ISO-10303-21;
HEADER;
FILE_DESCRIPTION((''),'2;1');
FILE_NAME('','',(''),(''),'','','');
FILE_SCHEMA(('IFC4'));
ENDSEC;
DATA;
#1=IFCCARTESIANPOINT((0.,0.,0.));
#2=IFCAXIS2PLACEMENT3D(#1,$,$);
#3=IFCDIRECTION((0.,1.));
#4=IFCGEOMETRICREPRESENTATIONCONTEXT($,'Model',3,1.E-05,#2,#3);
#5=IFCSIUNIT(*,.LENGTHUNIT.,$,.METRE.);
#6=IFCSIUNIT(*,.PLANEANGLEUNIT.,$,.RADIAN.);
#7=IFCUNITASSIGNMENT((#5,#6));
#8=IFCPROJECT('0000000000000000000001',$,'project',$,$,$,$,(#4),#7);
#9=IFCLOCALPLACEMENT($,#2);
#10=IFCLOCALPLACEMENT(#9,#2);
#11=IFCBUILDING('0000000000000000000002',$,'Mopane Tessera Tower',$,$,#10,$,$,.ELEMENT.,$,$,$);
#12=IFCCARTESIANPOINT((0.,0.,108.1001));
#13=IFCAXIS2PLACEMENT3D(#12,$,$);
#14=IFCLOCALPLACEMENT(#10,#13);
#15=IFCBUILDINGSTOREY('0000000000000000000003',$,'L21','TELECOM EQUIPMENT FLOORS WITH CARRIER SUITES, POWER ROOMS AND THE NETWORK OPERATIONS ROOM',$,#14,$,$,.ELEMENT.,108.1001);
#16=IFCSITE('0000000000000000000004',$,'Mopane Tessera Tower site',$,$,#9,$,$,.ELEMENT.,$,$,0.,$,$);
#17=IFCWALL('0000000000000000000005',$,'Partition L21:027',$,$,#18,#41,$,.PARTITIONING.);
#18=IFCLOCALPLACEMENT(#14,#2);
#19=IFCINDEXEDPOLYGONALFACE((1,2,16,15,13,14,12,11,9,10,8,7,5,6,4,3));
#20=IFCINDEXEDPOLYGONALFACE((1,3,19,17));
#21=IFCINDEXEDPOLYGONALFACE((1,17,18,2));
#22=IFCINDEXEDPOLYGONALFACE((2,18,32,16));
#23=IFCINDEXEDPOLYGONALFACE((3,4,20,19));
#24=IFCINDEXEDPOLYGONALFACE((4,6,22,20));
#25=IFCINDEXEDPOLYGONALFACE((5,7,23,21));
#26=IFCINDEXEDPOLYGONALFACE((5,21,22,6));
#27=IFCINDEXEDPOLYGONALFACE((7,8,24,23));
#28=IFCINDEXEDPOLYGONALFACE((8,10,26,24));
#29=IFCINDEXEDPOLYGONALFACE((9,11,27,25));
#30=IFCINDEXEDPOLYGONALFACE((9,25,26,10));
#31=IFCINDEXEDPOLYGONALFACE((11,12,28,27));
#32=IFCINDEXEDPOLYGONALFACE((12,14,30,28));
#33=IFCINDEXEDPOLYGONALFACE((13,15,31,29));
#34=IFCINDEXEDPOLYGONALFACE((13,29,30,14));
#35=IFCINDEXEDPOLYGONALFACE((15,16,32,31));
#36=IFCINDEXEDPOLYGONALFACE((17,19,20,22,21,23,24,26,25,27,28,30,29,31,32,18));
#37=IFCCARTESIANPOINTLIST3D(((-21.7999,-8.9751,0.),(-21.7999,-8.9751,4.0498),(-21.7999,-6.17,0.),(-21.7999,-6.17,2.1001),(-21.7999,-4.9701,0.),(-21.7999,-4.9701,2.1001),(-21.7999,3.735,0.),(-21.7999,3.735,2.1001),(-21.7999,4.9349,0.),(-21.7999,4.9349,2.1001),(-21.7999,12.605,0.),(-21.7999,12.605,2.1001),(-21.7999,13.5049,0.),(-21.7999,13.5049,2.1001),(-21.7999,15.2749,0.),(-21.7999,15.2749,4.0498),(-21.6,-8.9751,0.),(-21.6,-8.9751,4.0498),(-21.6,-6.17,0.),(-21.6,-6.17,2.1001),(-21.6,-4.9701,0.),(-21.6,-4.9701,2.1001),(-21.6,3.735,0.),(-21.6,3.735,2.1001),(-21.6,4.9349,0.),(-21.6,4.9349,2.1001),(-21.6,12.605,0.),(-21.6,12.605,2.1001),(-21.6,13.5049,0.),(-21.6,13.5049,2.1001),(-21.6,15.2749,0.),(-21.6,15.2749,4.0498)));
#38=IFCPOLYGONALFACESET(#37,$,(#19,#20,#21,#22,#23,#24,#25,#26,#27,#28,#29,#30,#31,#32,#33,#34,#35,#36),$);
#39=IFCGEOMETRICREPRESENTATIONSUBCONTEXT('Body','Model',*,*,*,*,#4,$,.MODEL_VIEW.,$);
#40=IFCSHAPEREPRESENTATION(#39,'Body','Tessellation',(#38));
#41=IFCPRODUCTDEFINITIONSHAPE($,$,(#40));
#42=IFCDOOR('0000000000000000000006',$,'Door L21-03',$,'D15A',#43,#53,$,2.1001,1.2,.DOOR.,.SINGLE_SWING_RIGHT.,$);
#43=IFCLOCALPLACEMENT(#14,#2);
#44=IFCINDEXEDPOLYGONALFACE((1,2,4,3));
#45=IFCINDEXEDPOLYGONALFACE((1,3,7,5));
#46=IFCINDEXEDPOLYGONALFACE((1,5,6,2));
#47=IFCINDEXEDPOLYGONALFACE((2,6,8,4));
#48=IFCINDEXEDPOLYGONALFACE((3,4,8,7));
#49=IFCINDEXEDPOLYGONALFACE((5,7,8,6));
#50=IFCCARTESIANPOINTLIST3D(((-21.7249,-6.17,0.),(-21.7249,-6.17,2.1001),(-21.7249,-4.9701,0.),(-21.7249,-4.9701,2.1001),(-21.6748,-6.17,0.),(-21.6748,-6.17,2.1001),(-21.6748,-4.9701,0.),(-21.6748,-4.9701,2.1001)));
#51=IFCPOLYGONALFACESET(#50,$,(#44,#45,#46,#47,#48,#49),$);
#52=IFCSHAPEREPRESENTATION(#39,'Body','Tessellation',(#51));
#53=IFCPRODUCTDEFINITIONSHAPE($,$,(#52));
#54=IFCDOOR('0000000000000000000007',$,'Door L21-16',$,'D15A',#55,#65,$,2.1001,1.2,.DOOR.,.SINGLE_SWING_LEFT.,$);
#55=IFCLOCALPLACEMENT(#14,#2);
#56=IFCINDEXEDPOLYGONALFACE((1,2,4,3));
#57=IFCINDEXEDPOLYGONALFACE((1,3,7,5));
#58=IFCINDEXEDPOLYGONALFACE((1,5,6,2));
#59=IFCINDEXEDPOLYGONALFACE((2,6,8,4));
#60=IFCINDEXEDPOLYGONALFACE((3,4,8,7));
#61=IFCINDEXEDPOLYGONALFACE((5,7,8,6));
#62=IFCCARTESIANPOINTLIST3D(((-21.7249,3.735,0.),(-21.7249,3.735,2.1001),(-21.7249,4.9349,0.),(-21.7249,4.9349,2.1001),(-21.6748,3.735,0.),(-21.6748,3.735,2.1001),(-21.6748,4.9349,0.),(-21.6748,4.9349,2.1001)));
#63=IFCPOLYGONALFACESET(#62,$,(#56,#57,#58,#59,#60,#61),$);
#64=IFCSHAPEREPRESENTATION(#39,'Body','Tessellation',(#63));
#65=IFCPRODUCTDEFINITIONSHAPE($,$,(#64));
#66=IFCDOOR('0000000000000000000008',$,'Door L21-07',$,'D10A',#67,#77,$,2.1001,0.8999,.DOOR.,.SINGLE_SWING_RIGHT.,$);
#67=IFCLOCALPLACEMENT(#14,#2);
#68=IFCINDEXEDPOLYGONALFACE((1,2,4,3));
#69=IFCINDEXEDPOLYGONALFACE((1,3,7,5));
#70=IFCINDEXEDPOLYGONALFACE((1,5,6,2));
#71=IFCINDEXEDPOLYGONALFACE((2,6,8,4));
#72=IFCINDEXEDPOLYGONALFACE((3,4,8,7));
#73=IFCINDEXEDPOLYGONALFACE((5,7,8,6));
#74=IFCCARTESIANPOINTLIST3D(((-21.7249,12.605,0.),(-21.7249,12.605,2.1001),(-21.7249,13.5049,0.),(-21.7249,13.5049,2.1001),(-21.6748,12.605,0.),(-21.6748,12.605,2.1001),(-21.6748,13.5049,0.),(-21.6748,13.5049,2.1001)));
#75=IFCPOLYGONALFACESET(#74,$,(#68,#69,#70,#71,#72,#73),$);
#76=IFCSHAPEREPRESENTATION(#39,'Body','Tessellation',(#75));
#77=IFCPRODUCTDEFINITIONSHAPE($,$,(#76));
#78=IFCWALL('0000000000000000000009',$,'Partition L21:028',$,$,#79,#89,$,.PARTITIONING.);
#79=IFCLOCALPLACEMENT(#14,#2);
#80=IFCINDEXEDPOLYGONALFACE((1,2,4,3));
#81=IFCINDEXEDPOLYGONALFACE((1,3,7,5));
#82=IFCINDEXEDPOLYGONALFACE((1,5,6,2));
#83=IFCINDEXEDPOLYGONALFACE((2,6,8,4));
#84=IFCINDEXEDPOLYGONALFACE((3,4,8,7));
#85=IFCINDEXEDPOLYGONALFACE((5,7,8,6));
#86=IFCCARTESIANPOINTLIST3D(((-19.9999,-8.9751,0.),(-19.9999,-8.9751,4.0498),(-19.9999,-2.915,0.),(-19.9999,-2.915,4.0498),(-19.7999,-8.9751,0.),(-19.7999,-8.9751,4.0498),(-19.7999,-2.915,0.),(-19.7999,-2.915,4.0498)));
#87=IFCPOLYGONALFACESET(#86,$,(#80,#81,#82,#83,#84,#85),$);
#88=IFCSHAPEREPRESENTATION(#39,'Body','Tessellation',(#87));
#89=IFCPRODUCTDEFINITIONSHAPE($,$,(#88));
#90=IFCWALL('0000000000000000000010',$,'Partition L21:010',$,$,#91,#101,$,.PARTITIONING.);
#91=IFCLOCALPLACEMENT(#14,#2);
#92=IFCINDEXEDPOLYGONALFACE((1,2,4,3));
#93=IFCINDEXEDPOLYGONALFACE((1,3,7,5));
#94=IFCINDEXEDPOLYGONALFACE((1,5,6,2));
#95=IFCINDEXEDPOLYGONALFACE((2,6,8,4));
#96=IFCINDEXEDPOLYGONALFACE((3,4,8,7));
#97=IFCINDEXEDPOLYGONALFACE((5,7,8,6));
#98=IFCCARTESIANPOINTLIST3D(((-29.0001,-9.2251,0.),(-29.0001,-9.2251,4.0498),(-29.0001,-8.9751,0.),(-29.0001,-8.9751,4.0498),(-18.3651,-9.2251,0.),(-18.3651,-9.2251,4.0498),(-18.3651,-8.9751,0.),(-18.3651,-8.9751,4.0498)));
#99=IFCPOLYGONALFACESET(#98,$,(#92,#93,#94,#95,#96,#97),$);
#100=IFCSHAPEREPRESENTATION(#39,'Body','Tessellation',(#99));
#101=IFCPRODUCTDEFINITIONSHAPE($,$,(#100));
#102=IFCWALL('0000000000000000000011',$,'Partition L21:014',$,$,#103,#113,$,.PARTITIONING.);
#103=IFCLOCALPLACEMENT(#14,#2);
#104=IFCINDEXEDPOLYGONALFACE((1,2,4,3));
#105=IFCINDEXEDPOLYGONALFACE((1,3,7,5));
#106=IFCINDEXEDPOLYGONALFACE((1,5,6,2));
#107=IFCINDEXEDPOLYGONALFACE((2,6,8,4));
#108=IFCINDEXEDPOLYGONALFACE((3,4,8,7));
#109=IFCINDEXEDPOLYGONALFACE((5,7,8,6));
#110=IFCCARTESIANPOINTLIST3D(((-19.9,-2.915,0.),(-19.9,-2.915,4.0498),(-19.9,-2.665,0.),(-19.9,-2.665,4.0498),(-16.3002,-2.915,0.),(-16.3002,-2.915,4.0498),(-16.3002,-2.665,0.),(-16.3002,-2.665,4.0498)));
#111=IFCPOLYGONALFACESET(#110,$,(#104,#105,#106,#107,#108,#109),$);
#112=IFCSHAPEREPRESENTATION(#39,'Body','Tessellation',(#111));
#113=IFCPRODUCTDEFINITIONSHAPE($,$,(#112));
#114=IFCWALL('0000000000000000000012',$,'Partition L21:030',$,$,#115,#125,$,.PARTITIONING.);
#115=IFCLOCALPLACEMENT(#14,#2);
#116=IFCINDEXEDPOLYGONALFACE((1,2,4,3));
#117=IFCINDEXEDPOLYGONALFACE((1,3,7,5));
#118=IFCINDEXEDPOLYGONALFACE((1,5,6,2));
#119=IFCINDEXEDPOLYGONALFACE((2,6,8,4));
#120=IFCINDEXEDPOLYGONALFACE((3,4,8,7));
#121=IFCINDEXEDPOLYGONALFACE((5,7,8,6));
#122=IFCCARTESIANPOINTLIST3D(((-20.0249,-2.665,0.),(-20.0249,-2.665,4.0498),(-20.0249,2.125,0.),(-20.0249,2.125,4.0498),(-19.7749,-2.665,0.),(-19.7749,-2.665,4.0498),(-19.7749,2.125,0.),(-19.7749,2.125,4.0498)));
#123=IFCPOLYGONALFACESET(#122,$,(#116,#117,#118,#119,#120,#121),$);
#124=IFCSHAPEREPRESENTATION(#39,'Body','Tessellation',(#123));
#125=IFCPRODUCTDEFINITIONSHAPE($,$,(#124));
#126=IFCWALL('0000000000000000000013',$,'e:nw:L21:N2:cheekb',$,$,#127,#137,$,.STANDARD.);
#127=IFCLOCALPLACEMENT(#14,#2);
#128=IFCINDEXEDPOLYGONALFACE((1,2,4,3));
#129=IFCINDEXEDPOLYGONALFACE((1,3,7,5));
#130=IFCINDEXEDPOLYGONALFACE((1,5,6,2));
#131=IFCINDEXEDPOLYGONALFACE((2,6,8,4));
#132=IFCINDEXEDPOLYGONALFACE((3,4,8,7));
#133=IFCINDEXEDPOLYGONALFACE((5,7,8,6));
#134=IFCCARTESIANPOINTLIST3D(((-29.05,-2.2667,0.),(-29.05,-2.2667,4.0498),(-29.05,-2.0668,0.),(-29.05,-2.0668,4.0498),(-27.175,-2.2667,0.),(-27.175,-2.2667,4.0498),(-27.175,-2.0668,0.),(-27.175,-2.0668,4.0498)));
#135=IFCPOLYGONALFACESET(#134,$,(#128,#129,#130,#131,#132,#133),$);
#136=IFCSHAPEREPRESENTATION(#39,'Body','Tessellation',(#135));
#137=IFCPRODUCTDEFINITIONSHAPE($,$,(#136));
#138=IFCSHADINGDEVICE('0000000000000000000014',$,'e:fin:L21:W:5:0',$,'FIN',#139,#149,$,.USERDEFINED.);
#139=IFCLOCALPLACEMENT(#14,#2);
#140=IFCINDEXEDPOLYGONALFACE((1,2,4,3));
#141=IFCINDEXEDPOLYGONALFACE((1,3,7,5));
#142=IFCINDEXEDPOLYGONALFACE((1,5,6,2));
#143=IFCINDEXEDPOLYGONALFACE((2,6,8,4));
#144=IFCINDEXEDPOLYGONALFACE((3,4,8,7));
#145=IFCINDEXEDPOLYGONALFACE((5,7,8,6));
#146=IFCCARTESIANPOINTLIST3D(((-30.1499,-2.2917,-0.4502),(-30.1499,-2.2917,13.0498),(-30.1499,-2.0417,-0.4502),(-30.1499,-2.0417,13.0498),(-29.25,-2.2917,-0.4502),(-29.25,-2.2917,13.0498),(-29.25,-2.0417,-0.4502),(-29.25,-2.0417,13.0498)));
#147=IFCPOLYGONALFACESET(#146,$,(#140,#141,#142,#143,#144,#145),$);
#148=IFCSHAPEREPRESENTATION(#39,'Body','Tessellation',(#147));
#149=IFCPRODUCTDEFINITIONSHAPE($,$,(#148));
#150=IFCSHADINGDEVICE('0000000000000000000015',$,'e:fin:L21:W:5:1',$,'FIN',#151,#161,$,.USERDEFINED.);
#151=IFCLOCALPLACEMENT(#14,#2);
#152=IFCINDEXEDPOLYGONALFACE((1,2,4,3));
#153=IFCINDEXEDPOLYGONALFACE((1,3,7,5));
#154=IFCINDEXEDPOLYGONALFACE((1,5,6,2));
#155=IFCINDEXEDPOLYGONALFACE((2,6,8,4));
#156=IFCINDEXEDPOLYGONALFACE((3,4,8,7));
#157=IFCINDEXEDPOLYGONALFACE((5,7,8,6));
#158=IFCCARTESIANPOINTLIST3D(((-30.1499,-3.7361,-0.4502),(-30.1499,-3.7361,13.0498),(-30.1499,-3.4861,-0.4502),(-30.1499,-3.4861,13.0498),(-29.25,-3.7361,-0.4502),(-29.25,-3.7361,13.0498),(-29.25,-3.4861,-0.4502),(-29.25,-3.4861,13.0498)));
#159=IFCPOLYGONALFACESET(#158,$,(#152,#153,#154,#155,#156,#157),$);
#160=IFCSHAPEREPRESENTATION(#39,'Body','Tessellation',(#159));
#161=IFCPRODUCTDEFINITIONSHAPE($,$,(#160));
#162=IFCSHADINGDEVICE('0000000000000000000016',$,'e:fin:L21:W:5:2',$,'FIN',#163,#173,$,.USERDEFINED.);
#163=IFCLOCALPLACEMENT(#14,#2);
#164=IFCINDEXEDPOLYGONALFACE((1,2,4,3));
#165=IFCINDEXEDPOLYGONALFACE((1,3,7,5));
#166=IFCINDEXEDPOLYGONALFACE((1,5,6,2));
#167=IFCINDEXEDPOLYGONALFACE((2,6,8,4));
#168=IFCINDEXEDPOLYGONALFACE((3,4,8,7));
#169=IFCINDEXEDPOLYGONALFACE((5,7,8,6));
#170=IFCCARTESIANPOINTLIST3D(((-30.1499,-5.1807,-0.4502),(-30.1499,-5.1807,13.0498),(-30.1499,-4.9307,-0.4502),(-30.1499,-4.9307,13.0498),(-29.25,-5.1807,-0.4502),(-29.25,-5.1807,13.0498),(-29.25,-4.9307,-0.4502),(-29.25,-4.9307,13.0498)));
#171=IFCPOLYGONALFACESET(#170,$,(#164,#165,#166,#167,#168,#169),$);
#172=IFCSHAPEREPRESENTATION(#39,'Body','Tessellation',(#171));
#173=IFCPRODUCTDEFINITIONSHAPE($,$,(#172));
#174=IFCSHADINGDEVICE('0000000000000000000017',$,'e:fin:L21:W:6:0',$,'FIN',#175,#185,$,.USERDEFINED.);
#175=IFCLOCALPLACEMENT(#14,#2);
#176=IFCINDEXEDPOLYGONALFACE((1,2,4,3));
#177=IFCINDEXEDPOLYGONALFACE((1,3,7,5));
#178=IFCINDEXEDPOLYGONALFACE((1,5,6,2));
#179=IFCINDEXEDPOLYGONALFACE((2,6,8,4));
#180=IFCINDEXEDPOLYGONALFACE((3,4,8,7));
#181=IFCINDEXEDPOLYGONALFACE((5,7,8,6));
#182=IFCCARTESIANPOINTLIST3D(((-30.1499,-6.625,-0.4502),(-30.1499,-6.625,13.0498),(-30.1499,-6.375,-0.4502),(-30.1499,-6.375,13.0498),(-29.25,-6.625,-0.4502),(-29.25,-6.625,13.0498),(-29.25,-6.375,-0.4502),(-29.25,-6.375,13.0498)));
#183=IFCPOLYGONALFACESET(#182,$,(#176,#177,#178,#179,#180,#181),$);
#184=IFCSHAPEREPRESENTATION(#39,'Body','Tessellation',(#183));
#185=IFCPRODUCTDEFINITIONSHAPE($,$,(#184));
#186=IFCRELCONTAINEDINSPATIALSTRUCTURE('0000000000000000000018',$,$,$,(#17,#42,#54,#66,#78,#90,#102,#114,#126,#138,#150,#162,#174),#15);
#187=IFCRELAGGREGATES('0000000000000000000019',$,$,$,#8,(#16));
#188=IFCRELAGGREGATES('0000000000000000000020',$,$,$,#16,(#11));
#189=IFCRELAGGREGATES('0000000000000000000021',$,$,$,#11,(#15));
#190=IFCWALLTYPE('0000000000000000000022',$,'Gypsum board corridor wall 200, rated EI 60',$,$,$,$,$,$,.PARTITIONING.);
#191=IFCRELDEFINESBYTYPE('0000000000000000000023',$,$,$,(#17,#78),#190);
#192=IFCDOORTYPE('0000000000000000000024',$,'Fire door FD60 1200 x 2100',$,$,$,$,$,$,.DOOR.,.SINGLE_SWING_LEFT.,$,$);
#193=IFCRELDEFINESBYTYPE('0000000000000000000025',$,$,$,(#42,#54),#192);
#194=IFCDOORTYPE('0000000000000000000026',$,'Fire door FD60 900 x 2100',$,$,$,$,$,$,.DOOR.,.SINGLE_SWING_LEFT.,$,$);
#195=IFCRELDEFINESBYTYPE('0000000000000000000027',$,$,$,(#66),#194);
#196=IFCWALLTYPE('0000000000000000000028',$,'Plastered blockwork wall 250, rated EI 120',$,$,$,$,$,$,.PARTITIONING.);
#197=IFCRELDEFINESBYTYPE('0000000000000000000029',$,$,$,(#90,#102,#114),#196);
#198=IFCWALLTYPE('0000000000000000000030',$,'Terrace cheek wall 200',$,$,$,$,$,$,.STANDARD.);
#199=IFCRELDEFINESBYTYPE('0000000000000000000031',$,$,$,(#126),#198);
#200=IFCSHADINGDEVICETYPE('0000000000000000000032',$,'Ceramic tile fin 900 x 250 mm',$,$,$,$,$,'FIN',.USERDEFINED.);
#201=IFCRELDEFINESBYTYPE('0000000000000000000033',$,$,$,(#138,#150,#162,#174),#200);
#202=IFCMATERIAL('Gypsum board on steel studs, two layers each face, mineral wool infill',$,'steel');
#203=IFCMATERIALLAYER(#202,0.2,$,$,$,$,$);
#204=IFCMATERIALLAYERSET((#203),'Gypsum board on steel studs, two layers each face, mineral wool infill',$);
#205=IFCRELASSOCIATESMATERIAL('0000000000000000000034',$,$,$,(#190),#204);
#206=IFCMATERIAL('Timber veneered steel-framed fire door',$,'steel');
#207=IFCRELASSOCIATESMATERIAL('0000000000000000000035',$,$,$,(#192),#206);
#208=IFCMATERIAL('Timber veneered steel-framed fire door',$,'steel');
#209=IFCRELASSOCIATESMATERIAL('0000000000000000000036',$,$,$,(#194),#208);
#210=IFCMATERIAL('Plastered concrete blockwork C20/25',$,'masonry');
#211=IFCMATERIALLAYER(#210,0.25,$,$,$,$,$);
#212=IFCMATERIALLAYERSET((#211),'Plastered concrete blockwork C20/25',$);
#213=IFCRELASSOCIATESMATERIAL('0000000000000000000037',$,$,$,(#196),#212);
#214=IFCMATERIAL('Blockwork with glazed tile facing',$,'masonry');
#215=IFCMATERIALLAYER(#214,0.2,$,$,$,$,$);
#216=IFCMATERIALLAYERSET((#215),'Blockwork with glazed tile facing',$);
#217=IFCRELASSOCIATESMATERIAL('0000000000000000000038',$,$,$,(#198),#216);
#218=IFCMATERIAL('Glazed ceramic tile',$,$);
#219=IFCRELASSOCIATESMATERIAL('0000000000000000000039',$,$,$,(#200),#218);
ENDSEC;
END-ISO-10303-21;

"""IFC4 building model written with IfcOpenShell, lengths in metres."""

from ifc_helpers import new_model, si_unit, direction, frame, frame_2d, origin, origin_2d, place, context, subcontext, project, spatial, rectangle, extrude, material, layer, layer_set, type_object, element, fill, save


model = new_model("IFC4")

# Units and contexts
model_context = context("Model", 3, precision=1e-05, world=origin(), true_north=direction((0.0, 1.0)))
body_context = subcontext(model_context, "Body", "Model", "MODEL_VIEW")
ifc_project = project(units=[si_unit("LENGTHUNIT", "METRE"), si_unit("PLANEANGLEUNIT", "RADIAN")], contexts=[model_context])

# Site, building, storey
site_placement = place(None, origin())
site = spatial("IfcSite", under=ifc_project, at=site_placement, Name="Mopane Tessera Tower site", CompositionType="ELEMENT", RefElevation=0.0)
building_placement = place(site_placement, origin())
building = spatial("IfcBuilding", under=site, at=building_placement, Name="Mopane Tessera Tower", CompositionType="ELEMENT")
storey_placement = place(building_placement, frame((0.0, 0.0, 108.1001)))
storey = spatial("IfcBuildingStorey", under=building, at=storey_placement, Name="L21", Description="TELECOM EQUIPMENT FLOORS WITH CARRIER SUITES, POWER ROOMS AND THE NETWORK OPERATIONS ROOM", CompositionType="ELEMENT", Elevation=108.1001)

# Wall, openings, doors
ifc_material_1 = material(Name="Gypsum board on steel studs, two layers each face, mineral wool infill", Category="steel")
ifc_layer_1 = layer(ifc_material_1, 0.2)
ifc_layer_set_1 = layer_set([ifc_layer_1], Name="Gypsum board on steel studs, two layers each face, mineral wool infill")
wall_type_1 = type_object("IfcWallType", Name="Gypsum board corridor wall 200, rated EI 60", PredefinedType="PARTITIONING", material=ifc_layer_set_1)
wall_1_placement = place(storey_placement, frame((-21.7, -8.9751, 0.0), z_axis=(0.0, 0.0, 1.0), x_axis=(0.0, 1.0, 0.0)))
wall_1 = element("IfcWall", 1, at=wall_1_placement, inside=storey, type_object=wall_type_1, Name="Partition L21:027", PredefinedType="PARTITIONING", context=body_context, shape_type="SweptSolid", body=[
    extrude(rectangle(XDim=24.25, YDim=0.2, at=frame_2d((12.125, 0.0))), origin(), (0.0, 0.0, 1.0), 4.0498),
])
opening_1_placement = place(wall_1_placement, frame((2.8049, 0.0, 0.0)))
opening_1 = element("IfcOpeningElement", 2, at=opening_1_placement, cuts=wall_1, PredefinedType="OPENING", context=body_context, shape_type="SweptSolid", body=[
    extrude(rectangle(XDim=1.2, YDim=2.1001, at=frame_2d((0.6001, 1.05))), frame((0.0, 0.1121, 0.0), z_axis=(0.0, -1.0, 0.0), x_axis=(1.0, 0.0, 0.0)), (0.0, 0.0, 1.0), 0.2239),
])
opening_2_placement = place(wall_1_placement, frame((21.5801, 0.0, 0.0)))
opening_2 = element("IfcOpeningElement", 3, at=opening_2_placement, cuts=wall_1, PredefinedType="OPENING", context=body_context, shape_type="SweptSolid", body=[
    extrude(rectangle(XDim=0.8999, YDim=2.1001, at=frame_2d((0.45, 1.05))), frame((0.0, 0.1121, 0.0), z_axis=(0.0, -1.0, 0.0), x_axis=(1.0, 0.0, 0.0)), (0.0, 0.0, 1.0), 0.2239),
])
opening_3_placement = place(wall_1_placement, frame((12.71, 0.0, 0.0)))
opening_3 = element("IfcOpeningElement", 4, at=opening_3_placement, cuts=wall_1, PredefinedType="OPENING", context=body_context, shape_type="SweptSolid", body=[
    extrude(rectangle(XDim=1.2, YDim=2.1001, at=frame_2d((0.6001, 1.05))), frame((0.0, 0.1121, 0.0), z_axis=(0.0, -1.0, 0.0), x_axis=(1.0, 0.0, 0.0)), (0.0, 0.0, 1.0), 0.2239),
])
ifc_material_2 = material(Name="Timber veneered steel-framed fire door", Category="steel")
door_type_1 = type_object("IfcDoorType", Name="Fire door FD60 1200 x 2100", OperationType="SINGLE_SWING_LEFT", PredefinedType="DOOR", material=ifc_material_2)
door_1_placement = place(opening_1_placement, origin())
door_1 = element("IfcDoor", 5, at=door_1_placement, inside=storey, type_object=door_type_1, Name="Door L21-03", ObjectType="D15A", OperationType="SINGLE_SWING_RIGHT", OverallHeight=2.1001, OverallWidth=1.2, PredefinedType="DOOR", context=body_context, shape_type="SweptSolid", body=[
    extrude(rectangle(XDim=1.2, YDim=2.1001, at=frame_2d((0.6001, 1.05))), frame((0.0, 0.0249, 0.0), z_axis=(0.0, -1.0, 0.0), x_axis=(1.0, 0.0, 0.0)), (0.0, 0.0, 1.0), 0.05),
])
fill(opening_1, door_1)
door_2_placement = place(opening_3_placement, origin())
door_2 = element("IfcDoor", 6, at=door_2_placement, inside=storey, type_object=door_type_1, Name="Door L21-16", ObjectType="D15A", OperationType="SINGLE_SWING_LEFT", OverallHeight=2.1001, OverallWidth=1.2, PredefinedType="DOOR", context=body_context, shape_type="SweptSolid", body=[
    extrude(rectangle(XDim=1.2, YDim=2.1001, at=frame_2d((0.6001, 1.05))), frame((0.0, 0.0249, 0.0), z_axis=(0.0, -1.0, 0.0), x_axis=(1.0, 0.0, 0.0)), (0.0, 0.0, 1.0), 0.05),
])
fill(opening_3, door_2)
ifc_material_3 = material(Name="Timber veneered steel-framed fire door", Category="steel")
door_type_2 = type_object("IfcDoorType", Name="Fire door FD60 900 x 2100", OperationType="SINGLE_SWING_LEFT", PredefinedType="DOOR", material=ifc_material_3)
door_3_placement = place(opening_2_placement, origin())
door_3 = element("IfcDoor", 7, at=door_3_placement, inside=storey, type_object=door_type_2, Name="Door L21-07", ObjectType="D10A", OperationType="SINGLE_SWING_RIGHT", OverallHeight=2.1001, OverallWidth=0.8999, PredefinedType="DOOR", context=body_context, shape_type="SweptSolid", body=[
    extrude(rectangle(XDim=0.8999, YDim=2.1001, at=frame_2d((0.45, 1.05))), frame((0.0, 0.0249, 0.0), z_axis=(0.0, -1.0, 0.0), x_axis=(1.0, 0.0, 0.0)), (0.0, 0.0, 1.0), 0.05),
])
fill(opening_2, door_3)

# Walls
wall_2_placement = place(storey_placement, frame((-19.8999, -8.9751, 0.0), z_axis=(0.0, 0.0, 1.0), x_axis=(0.0, 1.0, 0.0)))
element("IfcWall", 8, at=wall_2_placement, inside=storey, type_object=wall_type_1, Name="Partition L21:028", PredefinedType="PARTITIONING", context=body_context, shape_type="SweptSolid", body=[
    extrude(rectangle(XDim=6.0601, YDim=0.2, at=frame_2d((3.03, 0.0))), origin(), (0.0, 0.0, 1.0), 4.0498),
])
ifc_material_4 = material(Name="Plastered concrete blockwork C20/25", Category="masonry")
ifc_layer_2 = layer(ifc_material_4, 0.25)
ifc_layer_set_2 = layer_set([ifc_layer_2], Name="Plastered concrete blockwork C20/25")
wall_type_2 = type_object("IfcWallType", Name="Plastered blockwork wall 250, rated EI 120", PredefinedType="PARTITIONING", material=ifc_layer_set_2)
wall_3_placement = place(storey_placement, frame((-29.0, -9.1001, 0.0), z_axis=(0.0, 0.0, 1.0), x_axis=(1.0, 0.0, 0.0)))
element("IfcWall", 9, at=wall_3_placement, inside=storey, type_object=wall_type_2, Name="Partition L21:010", PredefinedType="PARTITIONING", context=body_context, shape_type="SweptSolid", body=[
    extrude(rectangle(XDim=10.635, YDim=0.25, at=frame_2d((5.3174, 0.0))), origin(), (0.0, 0.0, 1.0), 4.0498),
])
wall_4_placement = place(storey_placement, frame((-19.8999, -2.79, 0.0), z_axis=(0.0, 0.0, 1.0), x_axis=(1.0, 0.0, 0.0)))
element("IfcWall", 10, at=wall_4_placement, inside=storey, type_object=wall_type_2, Name="Partition L21:014", PredefinedType="PARTITIONING", context=body_context, shape_type="SweptSolid", body=[
    extrude(rectangle(XDim=3.5999, YDim=0.25, at=frame_2d((1.7998, 0.0))), origin(), (0.0, 0.0, 1.0), 4.0498),
])
wall_5_placement = place(storey_placement, frame((-19.8999, -2.665, 0.0), z_axis=(0.0, 0.0, 1.0), x_axis=(0.0, 1.0, 0.0)))
element("IfcWall", 11, at=wall_5_placement, inside=storey, type_object=wall_type_2, Name="Partition L21:030", PredefinedType="PARTITIONING", context=body_context, shape_type="SweptSolid", body=[
    extrude(rectangle(XDim=4.79, YDim=0.25, at=frame_2d((2.395, 0.0))), origin(), (0.0, 0.0, 1.0), 4.0498),
])
ifc_material_5 = material(Name="Blockwork with glazed tile facing", Category="masonry")
ifc_layer_3 = layer(ifc_material_5, 0.2)
ifc_layer_set_3 = layer_set([ifc_layer_3], Name="Blockwork with glazed tile facing")
wall_type_3 = type_object("IfcWallType", Name="Terrace cheek wall 200", PredefinedType="STANDARD", material=ifc_layer_set_3)
wall_6_placement = place(storey_placement, frame((-29.05, -2.1667, 0.0), z_axis=(0.0, 0.0, 1.0), x_axis=(1.0, 0.0, 0.0)))
element("IfcWall", 12, at=wall_6_placement, inside=storey, type_object=wall_type_3, Name="e:nw:L21:N2:cheekb", PredefinedType="STANDARD", context=body_context, shape_type="SweptSolid", body=[
    extrude(rectangle(XDim=1.875, YDim=0.2, at=frame_2d((0.9375, 0.0))), origin(), (0.0, 0.0, 1.0), 4.0498),
])

# Shading devices
ifc_material_6 = material(Name="Glazed ceramic tile")
shading_device_type = type_object("IfcShadingDeviceType", Name="Ceramic tile fin 900 x 250 mm", ElementType="FIN", PredefinedType="USERDEFINED", material=ifc_material_6)
for number, where, z_axis, x_axis, name in (
    (13, (-29.7, -2.1667, -0.4502), (0.0, 0.0, 1.0), (0.0, -1.0, 0.0), "e:fin:L21:W:5:0"),
    (14, (-29.7, -3.6111, -0.4502), (0.0, 0.0, 1.0), (0.0, -1.0, 0.0), "e:fin:L21:W:5:1"),
    (15, (-29.7, -5.0557, -0.4502), (0.0, 0.0, 1.0), (0.0, -1.0, 0.0), "e:fin:L21:W:5:2"),
    (16, (-29.7, -6.5, -0.4502), (0.0, 0.0, 1.0), (0.0, -1.0, 0.0), "e:fin:L21:W:6:0"),
):
    element("IfcShadingDevice", number, at=place(storey_placement, frame(where, z_axis=z_axis, x_axis=x_axis)), inside=storey, type_object=shading_device_type, Name=name, ObjectType="FIN", PredefinedType="USERDEFINED", context=body_context, shape_type="SweptSolid", body=[
        extrude(rectangle(XDim=0.25, YDim=0.8999, at=origin_2d()), origin(), (0.0, 0.0, 1.0), 13.5),
    ])

save(model, "model.ifc")
